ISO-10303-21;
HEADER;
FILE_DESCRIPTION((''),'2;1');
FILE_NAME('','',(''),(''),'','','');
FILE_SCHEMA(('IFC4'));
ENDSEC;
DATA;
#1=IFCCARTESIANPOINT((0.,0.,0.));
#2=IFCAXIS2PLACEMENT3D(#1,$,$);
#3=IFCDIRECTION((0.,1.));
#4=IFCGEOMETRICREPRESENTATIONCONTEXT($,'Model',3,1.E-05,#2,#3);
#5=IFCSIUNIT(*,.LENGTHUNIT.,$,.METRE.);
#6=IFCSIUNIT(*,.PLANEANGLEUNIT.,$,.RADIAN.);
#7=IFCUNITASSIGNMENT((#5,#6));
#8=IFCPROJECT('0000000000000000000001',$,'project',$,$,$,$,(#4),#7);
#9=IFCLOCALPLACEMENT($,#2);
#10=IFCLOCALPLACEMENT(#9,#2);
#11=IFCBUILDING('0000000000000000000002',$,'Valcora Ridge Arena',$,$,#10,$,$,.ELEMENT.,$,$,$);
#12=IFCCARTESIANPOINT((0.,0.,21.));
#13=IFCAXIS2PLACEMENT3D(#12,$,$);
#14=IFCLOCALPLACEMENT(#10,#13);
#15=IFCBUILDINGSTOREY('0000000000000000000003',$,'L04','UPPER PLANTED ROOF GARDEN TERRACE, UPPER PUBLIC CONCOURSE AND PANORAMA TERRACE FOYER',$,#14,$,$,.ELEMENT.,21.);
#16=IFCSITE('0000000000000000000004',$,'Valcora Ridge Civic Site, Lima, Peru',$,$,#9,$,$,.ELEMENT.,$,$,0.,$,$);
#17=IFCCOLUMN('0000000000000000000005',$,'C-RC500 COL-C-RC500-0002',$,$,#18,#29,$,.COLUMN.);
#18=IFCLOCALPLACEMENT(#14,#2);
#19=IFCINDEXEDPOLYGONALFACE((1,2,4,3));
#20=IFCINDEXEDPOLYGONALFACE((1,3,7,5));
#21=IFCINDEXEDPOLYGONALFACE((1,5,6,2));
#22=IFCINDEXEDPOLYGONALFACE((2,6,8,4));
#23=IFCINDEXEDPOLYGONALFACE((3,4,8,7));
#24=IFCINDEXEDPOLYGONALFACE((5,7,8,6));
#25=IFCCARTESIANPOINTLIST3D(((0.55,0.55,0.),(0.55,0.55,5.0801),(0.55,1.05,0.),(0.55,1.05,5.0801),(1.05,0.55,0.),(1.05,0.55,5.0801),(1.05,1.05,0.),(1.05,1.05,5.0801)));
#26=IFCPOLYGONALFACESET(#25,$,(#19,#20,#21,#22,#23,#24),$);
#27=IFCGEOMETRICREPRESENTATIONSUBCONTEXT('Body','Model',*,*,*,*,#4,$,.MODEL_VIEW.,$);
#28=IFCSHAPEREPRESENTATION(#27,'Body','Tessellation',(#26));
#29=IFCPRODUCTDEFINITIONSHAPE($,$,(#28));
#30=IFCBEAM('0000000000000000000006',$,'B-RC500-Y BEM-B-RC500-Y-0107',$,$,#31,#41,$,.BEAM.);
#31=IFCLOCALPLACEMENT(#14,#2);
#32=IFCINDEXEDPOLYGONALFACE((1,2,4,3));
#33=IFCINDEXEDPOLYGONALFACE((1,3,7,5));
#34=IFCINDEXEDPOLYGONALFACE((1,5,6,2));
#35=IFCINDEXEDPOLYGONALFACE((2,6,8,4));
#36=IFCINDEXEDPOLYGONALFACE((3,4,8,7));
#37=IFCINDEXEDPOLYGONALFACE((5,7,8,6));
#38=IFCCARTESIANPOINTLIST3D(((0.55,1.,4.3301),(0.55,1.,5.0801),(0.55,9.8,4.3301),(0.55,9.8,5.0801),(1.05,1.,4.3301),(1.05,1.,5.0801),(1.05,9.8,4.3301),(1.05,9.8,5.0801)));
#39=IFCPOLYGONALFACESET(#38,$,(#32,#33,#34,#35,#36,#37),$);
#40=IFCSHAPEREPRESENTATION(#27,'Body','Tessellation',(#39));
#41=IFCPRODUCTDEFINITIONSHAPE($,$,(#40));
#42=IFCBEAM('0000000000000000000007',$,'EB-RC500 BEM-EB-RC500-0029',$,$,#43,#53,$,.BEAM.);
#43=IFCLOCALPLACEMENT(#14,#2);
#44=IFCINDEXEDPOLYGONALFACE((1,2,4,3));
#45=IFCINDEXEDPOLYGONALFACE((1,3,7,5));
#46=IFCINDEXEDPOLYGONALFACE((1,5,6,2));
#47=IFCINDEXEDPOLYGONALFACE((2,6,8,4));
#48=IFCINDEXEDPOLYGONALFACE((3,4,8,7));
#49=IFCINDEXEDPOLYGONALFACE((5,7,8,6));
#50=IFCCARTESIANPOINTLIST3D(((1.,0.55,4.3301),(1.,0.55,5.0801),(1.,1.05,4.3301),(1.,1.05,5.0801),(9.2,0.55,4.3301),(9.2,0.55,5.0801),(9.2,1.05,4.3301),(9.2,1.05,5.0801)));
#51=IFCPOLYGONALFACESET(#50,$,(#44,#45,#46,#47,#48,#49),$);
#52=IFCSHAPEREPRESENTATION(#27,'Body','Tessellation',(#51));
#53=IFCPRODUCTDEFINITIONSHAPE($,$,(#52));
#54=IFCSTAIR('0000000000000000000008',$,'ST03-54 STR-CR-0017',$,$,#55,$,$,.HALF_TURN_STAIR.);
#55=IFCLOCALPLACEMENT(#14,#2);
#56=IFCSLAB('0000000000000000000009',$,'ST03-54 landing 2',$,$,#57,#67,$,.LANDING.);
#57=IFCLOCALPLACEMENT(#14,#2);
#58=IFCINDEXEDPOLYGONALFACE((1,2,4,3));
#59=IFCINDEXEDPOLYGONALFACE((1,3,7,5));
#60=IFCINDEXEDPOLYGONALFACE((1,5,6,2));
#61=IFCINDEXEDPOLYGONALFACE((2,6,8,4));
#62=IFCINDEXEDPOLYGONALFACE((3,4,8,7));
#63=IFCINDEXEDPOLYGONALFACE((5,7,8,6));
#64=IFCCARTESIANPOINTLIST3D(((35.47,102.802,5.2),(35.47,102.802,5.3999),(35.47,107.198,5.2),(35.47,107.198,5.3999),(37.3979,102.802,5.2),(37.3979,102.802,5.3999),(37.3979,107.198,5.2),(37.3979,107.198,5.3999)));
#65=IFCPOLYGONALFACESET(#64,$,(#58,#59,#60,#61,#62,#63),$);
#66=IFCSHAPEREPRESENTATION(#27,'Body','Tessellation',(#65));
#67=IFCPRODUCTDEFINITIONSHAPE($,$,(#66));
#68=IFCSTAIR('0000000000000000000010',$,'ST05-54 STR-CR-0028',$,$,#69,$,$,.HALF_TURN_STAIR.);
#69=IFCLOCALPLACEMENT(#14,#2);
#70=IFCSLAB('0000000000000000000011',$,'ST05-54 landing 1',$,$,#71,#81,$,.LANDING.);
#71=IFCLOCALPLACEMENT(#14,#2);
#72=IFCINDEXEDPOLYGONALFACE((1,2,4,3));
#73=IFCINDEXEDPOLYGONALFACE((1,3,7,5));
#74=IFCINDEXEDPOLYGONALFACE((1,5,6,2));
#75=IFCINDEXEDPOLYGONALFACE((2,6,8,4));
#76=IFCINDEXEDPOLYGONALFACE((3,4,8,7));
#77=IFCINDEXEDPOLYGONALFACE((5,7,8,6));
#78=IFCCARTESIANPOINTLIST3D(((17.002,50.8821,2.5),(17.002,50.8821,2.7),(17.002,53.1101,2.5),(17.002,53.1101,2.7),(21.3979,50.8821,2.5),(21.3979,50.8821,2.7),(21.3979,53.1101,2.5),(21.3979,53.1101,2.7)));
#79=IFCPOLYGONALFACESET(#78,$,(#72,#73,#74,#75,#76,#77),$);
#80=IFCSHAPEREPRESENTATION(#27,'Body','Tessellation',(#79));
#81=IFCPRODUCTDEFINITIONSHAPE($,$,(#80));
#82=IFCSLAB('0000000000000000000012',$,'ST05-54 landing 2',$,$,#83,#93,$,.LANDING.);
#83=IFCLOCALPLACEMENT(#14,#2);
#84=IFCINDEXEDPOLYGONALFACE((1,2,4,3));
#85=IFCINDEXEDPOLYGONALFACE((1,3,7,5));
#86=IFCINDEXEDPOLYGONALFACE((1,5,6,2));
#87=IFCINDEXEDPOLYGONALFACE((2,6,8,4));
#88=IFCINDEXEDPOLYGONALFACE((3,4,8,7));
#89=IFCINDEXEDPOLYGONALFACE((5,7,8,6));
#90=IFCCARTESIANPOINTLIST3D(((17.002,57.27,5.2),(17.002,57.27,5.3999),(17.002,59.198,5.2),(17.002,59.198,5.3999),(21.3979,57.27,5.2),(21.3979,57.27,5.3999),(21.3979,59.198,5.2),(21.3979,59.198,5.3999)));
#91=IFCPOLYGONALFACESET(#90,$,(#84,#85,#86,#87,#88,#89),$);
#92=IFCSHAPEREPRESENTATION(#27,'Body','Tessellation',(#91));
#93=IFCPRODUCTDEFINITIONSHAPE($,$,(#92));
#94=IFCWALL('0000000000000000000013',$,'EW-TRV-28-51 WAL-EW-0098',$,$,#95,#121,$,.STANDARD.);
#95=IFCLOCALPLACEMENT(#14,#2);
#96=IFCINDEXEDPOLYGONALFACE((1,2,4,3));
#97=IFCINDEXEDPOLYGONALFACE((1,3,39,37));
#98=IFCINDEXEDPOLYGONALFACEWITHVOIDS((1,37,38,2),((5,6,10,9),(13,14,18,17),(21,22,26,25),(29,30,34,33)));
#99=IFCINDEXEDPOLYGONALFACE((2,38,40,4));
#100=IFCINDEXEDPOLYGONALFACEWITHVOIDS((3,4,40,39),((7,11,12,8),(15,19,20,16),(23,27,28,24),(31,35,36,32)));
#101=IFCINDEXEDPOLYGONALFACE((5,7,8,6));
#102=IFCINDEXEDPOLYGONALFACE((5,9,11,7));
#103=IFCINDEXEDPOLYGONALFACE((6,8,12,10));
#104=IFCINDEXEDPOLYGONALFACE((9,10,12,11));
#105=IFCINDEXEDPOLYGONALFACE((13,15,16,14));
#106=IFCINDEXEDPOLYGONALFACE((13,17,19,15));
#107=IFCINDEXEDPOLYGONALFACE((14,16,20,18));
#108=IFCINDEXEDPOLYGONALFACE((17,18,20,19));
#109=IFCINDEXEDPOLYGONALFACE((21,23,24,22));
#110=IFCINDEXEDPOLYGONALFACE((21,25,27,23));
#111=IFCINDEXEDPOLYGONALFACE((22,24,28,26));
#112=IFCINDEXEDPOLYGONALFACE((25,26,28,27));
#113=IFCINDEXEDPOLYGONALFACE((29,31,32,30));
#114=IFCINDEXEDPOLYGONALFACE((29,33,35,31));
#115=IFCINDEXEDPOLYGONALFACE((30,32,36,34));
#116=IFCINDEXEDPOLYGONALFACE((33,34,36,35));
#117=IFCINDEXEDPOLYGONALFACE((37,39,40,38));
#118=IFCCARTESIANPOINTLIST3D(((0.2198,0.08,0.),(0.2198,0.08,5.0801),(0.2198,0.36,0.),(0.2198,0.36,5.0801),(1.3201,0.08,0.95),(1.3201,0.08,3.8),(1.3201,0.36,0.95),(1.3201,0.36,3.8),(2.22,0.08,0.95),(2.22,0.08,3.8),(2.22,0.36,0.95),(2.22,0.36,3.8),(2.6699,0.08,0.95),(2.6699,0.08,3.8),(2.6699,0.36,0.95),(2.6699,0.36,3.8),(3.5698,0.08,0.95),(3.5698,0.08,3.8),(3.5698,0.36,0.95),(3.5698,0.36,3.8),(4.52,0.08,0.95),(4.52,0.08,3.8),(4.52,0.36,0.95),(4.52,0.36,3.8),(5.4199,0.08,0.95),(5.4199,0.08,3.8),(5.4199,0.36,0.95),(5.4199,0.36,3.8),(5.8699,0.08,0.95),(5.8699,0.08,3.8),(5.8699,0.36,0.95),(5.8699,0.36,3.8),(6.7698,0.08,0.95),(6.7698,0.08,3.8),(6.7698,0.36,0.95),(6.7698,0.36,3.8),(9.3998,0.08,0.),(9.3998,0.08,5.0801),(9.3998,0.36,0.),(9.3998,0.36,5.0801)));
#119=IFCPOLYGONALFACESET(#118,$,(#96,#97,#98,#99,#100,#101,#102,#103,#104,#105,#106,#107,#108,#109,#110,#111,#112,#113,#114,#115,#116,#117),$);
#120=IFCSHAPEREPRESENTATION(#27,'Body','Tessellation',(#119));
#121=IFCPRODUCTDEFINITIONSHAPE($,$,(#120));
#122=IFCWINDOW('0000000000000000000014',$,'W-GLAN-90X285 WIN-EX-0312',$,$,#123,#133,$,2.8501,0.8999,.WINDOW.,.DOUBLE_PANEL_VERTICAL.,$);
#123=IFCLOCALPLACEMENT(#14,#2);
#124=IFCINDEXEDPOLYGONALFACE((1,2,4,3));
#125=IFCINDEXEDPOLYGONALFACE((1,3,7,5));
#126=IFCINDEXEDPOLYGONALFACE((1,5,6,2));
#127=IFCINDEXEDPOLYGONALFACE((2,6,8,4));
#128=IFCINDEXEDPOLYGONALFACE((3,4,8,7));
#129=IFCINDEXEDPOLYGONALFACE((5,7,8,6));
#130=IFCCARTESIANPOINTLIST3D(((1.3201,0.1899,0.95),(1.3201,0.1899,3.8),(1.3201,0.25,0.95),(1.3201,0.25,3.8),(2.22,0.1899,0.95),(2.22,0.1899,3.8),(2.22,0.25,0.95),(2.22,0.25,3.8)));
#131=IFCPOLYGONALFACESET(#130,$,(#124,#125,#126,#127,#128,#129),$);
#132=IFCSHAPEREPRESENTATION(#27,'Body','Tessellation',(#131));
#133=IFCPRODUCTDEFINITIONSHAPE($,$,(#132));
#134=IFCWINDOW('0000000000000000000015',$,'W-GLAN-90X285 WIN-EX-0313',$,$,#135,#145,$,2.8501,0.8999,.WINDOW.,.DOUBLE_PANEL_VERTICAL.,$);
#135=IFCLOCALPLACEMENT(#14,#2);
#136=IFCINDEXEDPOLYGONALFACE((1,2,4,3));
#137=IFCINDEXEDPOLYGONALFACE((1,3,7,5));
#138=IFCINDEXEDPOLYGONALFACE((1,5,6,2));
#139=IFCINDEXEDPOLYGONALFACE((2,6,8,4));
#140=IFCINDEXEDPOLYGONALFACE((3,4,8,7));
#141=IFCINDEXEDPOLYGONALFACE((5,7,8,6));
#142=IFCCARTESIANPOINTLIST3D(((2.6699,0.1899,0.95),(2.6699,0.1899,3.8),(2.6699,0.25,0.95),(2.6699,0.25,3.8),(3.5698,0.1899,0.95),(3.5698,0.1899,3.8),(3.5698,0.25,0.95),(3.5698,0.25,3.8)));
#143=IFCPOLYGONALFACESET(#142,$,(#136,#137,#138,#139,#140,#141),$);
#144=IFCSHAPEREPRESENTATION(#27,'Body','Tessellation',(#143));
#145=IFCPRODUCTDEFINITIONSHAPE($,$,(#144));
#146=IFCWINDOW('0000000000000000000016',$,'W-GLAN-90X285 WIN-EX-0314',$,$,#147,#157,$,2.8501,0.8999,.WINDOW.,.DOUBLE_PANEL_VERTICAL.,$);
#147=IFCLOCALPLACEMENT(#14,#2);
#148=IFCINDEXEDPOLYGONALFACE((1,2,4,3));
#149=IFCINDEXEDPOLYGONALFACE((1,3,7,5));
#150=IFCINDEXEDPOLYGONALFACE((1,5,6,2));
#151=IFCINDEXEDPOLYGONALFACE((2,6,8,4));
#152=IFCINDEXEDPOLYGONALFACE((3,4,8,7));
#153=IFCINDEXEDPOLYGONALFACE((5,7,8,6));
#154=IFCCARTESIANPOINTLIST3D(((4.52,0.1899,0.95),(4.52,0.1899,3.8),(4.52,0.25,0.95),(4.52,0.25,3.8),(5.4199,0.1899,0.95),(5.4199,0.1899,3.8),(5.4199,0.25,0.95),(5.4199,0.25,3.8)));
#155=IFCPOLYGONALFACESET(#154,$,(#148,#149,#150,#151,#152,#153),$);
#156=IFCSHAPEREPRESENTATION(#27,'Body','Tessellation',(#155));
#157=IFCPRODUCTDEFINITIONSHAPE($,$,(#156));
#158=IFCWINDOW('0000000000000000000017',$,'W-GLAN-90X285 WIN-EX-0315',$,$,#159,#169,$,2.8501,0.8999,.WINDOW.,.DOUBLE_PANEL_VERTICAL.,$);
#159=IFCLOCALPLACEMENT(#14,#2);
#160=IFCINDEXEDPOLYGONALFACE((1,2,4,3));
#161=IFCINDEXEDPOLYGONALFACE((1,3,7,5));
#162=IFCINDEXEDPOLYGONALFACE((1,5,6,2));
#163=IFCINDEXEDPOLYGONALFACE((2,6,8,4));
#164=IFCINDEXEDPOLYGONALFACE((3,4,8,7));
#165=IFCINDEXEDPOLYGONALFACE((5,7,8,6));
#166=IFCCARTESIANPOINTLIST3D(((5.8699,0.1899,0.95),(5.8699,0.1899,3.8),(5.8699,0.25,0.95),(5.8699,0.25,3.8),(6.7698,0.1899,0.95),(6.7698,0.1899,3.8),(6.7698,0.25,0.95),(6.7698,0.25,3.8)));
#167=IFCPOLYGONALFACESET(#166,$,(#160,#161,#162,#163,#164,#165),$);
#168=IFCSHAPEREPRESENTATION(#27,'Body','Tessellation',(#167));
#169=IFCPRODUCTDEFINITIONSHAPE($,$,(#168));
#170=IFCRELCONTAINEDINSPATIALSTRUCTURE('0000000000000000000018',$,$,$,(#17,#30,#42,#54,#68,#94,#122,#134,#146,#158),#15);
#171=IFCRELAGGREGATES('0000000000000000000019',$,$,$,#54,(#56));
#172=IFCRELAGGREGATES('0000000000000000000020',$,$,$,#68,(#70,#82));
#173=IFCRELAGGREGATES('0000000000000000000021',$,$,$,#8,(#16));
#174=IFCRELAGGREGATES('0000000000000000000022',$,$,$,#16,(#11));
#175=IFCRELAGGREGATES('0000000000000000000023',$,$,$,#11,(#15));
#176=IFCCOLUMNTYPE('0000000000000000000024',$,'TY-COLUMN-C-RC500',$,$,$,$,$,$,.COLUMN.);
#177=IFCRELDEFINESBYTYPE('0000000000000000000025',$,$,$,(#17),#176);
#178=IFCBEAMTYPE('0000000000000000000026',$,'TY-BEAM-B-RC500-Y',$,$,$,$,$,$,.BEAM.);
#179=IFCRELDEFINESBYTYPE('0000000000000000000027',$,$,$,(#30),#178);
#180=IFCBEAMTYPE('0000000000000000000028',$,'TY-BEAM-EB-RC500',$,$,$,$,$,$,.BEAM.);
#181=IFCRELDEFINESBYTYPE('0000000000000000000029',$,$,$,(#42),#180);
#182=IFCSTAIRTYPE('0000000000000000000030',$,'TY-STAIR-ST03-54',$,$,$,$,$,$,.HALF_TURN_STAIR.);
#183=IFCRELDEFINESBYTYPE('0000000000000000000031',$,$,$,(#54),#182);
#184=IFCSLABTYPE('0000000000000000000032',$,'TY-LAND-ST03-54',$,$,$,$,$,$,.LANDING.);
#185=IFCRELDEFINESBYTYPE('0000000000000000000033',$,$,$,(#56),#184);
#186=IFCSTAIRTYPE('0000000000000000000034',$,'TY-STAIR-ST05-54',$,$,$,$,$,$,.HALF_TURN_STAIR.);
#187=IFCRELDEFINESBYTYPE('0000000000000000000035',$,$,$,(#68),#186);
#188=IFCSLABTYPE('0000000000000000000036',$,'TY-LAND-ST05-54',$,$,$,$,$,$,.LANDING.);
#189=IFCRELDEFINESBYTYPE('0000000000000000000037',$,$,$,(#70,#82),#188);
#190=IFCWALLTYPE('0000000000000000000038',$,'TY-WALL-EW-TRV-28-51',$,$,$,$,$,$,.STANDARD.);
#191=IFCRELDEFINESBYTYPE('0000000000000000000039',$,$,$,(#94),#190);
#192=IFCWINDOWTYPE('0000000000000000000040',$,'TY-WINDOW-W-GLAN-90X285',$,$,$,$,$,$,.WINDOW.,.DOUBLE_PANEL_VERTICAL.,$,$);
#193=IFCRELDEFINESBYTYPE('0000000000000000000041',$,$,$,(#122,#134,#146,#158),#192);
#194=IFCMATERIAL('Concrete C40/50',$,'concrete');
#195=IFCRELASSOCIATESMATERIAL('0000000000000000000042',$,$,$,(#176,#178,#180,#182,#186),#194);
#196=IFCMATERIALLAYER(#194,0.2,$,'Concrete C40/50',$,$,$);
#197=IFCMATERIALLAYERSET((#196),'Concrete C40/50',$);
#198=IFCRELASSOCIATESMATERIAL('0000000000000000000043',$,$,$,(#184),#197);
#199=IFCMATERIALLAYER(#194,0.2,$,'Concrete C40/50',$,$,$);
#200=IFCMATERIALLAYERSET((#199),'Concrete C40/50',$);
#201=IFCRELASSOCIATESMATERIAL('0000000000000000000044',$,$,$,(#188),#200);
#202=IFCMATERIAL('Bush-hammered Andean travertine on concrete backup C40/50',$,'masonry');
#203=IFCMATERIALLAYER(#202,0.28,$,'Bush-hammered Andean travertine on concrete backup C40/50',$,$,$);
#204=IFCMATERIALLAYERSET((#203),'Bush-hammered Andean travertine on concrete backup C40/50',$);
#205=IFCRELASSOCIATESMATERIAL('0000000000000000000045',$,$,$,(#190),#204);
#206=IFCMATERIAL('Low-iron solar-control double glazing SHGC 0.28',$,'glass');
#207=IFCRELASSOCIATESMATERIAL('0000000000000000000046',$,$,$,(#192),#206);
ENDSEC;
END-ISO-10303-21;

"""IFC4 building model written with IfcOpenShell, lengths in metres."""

from ifc_helpers import new_model, si_unit, direction, frame, frame_2d, origin, origin_2d, place, context, subcontext, project, spatial, polyline, rectangle, outline, extrude, material, layer, layer_set, material_profile, profile_set, type_object, element, fill, aggregate, save


model = new_model("IFC4")

# Units and contexts
model_context = context("Model", 3, precision=1e-05, world=origin(), true_north=direction((0.0, 1.0)))
body_context = subcontext(model_context, "Body", "Model", "MODEL_VIEW")
ifc_project = project(units=[si_unit("LENGTHUNIT", "METRE"), si_unit("PLANEANGLEUNIT", "RADIAN")], contexts=[model_context])

# Site, building, storey
site_placement = place(None, origin())
site = spatial("IfcSite", under=ifc_project, at=site_placement, Name="Valcora Ridge Civic Site, Lima, Peru", CompositionType="ELEMENT", RefElevation=0.0)
building_placement = place(site_placement, origin())
building = spatial("IfcBuilding", under=site, at=building_placement, Name="Valcora Ridge Arena", CompositionType="ELEMENT")
storey_placement = place(building_placement, frame((0.0, 0.0, 21.0)))
storey = spatial("IfcBuildingStorey", under=building, at=storey_placement, Name="L04", Description="UPPER PLANTED ROOF GARDEN TERRACE, UPPER PUBLIC CONCOURSE AND PANORAMA TERRACE FOYER", CompositionType="ELEMENT", Elevation=21.0)

# Column
ifc_material_1 = material(Name="Concrete C40/50", Category="concrete")
ifc_material_profile_1 = material_profile(ifc_material_1, rectangle(XDim=0.5, YDim=0.5, at=origin_2d()), Name="RC 500x500")
ifc_profile_set_1 = profile_set([ifc_material_profile_1], Name="Concrete C40/50")
column_type = type_object("IfcColumnType", Name="TY-COLUMN-C-RC500", PredefinedType="COLUMN", material=ifc_profile_set_1)
column_placement = place(storey_placement, frame((0.8, 0.8, 0.0), z_axis=(0.0, 0.0, 1.0), x_axis=(1.0, 0.0, 0.0)))
element("IfcColumn", 1, at=column_placement, inside=storey, type_object=column_type, Name="C-RC500 COL-C-RC500-0002", PredefinedType="COLUMN", context=body_context, shape_type="SweptSolid", body=[
    extrude(rectangle(XDim=0.5, YDim=0.5, at=origin_2d()), origin(), (0.0, 0.0, 1.0), 5.0801),
])

# Beams
ifc_material_profile_2 = material_profile(ifc_material_1, rectangle(XDim=0.5, YDim=0.75, at=origin_2d()), Name="RC 500x750")
ifc_profile_set_2 = profile_set([ifc_material_profile_2], Name="Concrete C40/50")
beam_type_1 = type_object("IfcBeamType", Name="TY-BEAM-B-RC500-Y", PredefinedType="BEAM", material=ifc_profile_set_2)
beam_1_placement = place(storey_placement, frame((0.8, 1.0, 4.7051), z_axis=(0.0, 1.0, 0.0), x_axis=(-1.0, 0.0, 0.0)))
element("IfcBeam", 2, at=beam_1_placement, inside=storey, type_object=beam_type_1, Name="B-RC500-Y BEM-B-RC500-Y-0107", PredefinedType="BEAM", context=body_context, shape_type="SweptSolid", body=[
    extrude(rectangle(XDim=0.5, YDim=0.75, at=origin_2d()), origin(), (0.0, 0.0, 1.0), 8.8),
])
ifc_material_profile_3 = material_profile(ifc_material_1, rectangle(XDim=0.5, YDim=0.75, at=origin_2d()), Name="RC 500x750")
ifc_profile_set_3 = profile_set([ifc_material_profile_3], Name="Concrete C40/50")
beam_type_2 = type_object("IfcBeamType", Name="TY-BEAM-EB-RC500", PredefinedType="BEAM", material=ifc_profile_set_3)
beam_2_placement = place(storey_placement, frame((1.0, 0.8, 4.7051), z_axis=(1.0, 0.0, 0.0), x_axis=(0.0, 1.0, 0.0)))
element("IfcBeam", 3, at=beam_2_placement, inside=storey, type_object=beam_type_2, Name="EB-RC500 BEM-EB-RC500-0029", PredefinedType="BEAM", context=body_context, shape_type="SweptSolid", body=[
    extrude(rectangle(XDim=0.5, YDim=0.75, at=origin_2d()), origin(), (0.0, 0.0, 1.0), 8.2),
])

# Stair, slab
stair_type_1 = type_object("IfcStairType", Name="TY-STAIR-ST03-54", PredefinedType="HALF_TURN_STAIR", material=ifc_material_1)
stair_1_placement = place(storey_placement, origin())
stair_1 = element("IfcStair", 4, at=stair_1_placement, inside=storey, type_object=stair_type_1, Name="ST03-54 STR-CR-0017", PredefinedType="HALF_TURN_STAIR")
ifc_layer_1 = layer(ifc_material_1, 0.2, Name="Concrete C40/50")
ifc_layer_set_1 = layer_set([ifc_layer_1], Name="Concrete C40/50")
slab_type_1 = type_object("IfcSlabType", Name="TY-LAND-ST03-54", PredefinedType="LANDING", material=ifc_layer_set_1)
slab_1_placement = place(storey_placement, frame((0.0, 0.0, 5.2)))
slab_1 = element("IfcSlab", 5, at=slab_1_placement, type_object=slab_type_1, Name="ST03-54 landing 2", PredefinedType="LANDING", context=body_context, shape_type="SweptSolid", body=[
    extrude(outline(polyline([(35.47, 102.802), (37.3979, 102.802), (37.3979, 107.198), (35.47, 107.198), (35.47, 102.802)])), origin(), (0.0, 0.0, 1.0), 0.2),
])
aggregate(stair_1, [slab_1])

# Stair, slabs
stair_type_2 = type_object("IfcStairType", Name="TY-STAIR-ST05-54", PredefinedType="HALF_TURN_STAIR", material=ifc_material_1)
stair_2_placement = place(storey_placement, origin())
stair_2 = element("IfcStair", 6, at=stair_2_placement, inside=storey, type_object=stair_type_2, Name="ST05-54 STR-CR-0028", PredefinedType="HALF_TURN_STAIR")
ifc_layer_2 = layer(ifc_material_1, 0.2, Name="Concrete C40/50")
ifc_layer_set_2 = layer_set([ifc_layer_2], Name="Concrete C40/50")
slab_type_2 = type_object("IfcSlabType", Name="TY-LAND-ST05-54", PredefinedType="LANDING", material=ifc_layer_set_2)
slab_2_placement = place(storey_placement, frame((0.0, 0.0, 2.5)))
slab_2 = element("IfcSlab", 7, at=slab_2_placement, type_object=slab_type_2, Name="ST05-54 landing 1", PredefinedType="LANDING", context=body_context, shape_type="SweptSolid", body=[
    extrude(outline(polyline([(17.002, 50.8821), (21.3979, 50.8821), (21.3979, 53.1101), (17.002, 53.1101), (17.002, 50.8821)])), origin(), (0.0, 0.0, 1.0), 0.2),
])
slab_3_placement = place(storey_placement, frame((0.0, 0.0, 5.2)))
slab_3 = element("IfcSlab", 8, at=slab_3_placement, type_object=slab_type_2, Name="ST05-54 landing 2", PredefinedType="LANDING", context=body_context, shape_type="SweptSolid", body=[
    extrude(outline(polyline([(17.002, 57.27), (21.3979, 57.27), (21.3979, 59.198), (17.002, 59.198), (17.002, 57.27)])), origin(), (0.0, 0.0, 1.0), 0.2),
])
aggregate(stair_2, [slab_2, slab_3])

# Wall, openings, windows
ifc_material_2 = material(Name="Bush-hammered Andean travertine on concrete backup C40/50", Category="masonry")
ifc_layer_3 = layer(ifc_material_2, 0.28, Name="Bush-hammered Andean travertine on concrete backup C40/50")
ifc_layer_set_3 = layer_set([ifc_layer_3], Name="Bush-hammered Andean travertine on concrete backup C40/50")
wall_type = type_object("IfcWallType", Name="TY-WALL-EW-TRV-28-51", PredefinedType="STANDARD", material=ifc_layer_set_3)
wall_1_placement = place(storey_placement, frame((0.22, 0.22, 0.0), z_axis=(0.0, 0.0, 1.0), x_axis=(1.0, 0.0, 0.0)))
wall_1 = element("IfcWall", 9, at=wall_1_placement, inside=storey, type_object=wall_type, Name="EW-TRV-28-51 WAL-EW-0098", PredefinedType="STANDARD", context=body_context, shape_type="SweptSolid", body=[
    extrude(rectangle(XDim=9.1799, YDim=0.28, at=frame_2d((4.5898, 0.0))), origin(), (0.0, 0.0, 1.0), 5.0801),
])
opening_1_placement = place(wall_1_placement, frame((1.1001, 0.0, 0.95)))
opening_1 = element("IfcOpeningElement", 10, at=opening_1_placement, cuts=wall_1, PredefinedType="OPENING", context=body_context, shape_type="SweptSolid", body=[
    extrude(rectangle(XDim=0.8999, YDim=2.8501, at=frame_2d((0.45, 1.425))), frame((0.0, 0.1499, 0.0), z_axis=(0.0, -1.0, 0.0), x_axis=(1.0, 0.0, 0.0)), (0.0, 0.0, 1.0), 0.3),
])
opening_2_placement = place(wall_1_placement, frame((2.45, 0.0, 0.95)))
opening_2 = element("IfcOpeningElement", 11, at=opening_2_placement, cuts=wall_1, PredefinedType="OPENING", context=body_context, shape_type="SweptSolid", body=[
    extrude(rectangle(XDim=0.8999, YDim=2.8501, at=frame_2d((0.45, 1.425))), frame((0.0, 0.1499, 0.0), z_axis=(0.0, -1.0, 0.0), x_axis=(1.0, 0.0, 0.0)), (0.0, 0.0, 1.0), 0.3),
])
opening_3_placement = place(wall_1_placement, frame((4.3, 0.0, 0.95)))
opening_3 = element("IfcOpeningElement", 12, at=opening_3_placement, cuts=wall_1, PredefinedType="OPENING", context=body_context, shape_type="SweptSolid", body=[
    extrude(rectangle(XDim=0.8999, YDim=2.8501, at=frame_2d((0.45, 1.425))), frame((0.0, 0.1499, 0.0), z_axis=(0.0, -1.0, 0.0), x_axis=(1.0, 0.0, 0.0)), (0.0, 0.0, 1.0), 0.3),
])
opening_4_placement = place(wall_1_placement, frame((5.6499, 0.0, 0.95)))
opening_4 = element("IfcOpeningElement", 13, at=opening_4_placement, cuts=wall_1, PredefinedType="OPENING", context=body_context, shape_type="SweptSolid", body=[
    extrude(rectangle(XDim=0.8999, YDim=2.8501, at=frame_2d((0.45, 1.425))), frame((0.0, 0.1499, 0.0), z_axis=(0.0, -1.0, 0.0), x_axis=(1.0, 0.0, 0.0)), (0.0, 0.0, 1.0), 0.3),
])
ifc_material_3 = material(Name="Low-iron solar-control double glazing SHGC 0.28", Category="glass")
window_type = type_object("IfcWindowType", Name="TY-WINDOW-W-GLAN-90X285", PartitioningType="DOUBLE_PANEL_VERTICAL", PredefinedType="WINDOW", material=ifc_material_3)
window_1_placement = place(opening_1_placement, origin())
window_1 = element("IfcWindow", 14, at=window_1_placement, inside=storey, type_object=window_type, Name="W-GLAN-90X285 WIN-EX-0312", OverallHeight=2.8501, OverallWidth=0.8999, PartitioningType="DOUBLE_PANEL_VERTICAL", PredefinedType="WINDOW", context=body_context, shape_type="SweptSolid", body=[
    extrude(rectangle(XDim=0.8999, YDim=2.8501, at=frame_2d((0.45, 1.425))), frame((0.0, 0.03, 0.0), z_axis=(0.0, -1.0, 0.0), x_axis=(1.0, 0.0, 0.0)), (0.0, 0.0, 1.0), 0.0601),
])
fill(opening_1, window_1)
window_2_placement = place(opening_2_placement, origin())
window_2 = element("IfcWindow", 15, at=window_2_placement, inside=storey, type_object=window_type, Name="W-GLAN-90X285 WIN-EX-0313", OverallHeight=2.8501, OverallWidth=0.8999, PartitioningType="DOUBLE_PANEL_VERTICAL", PredefinedType="WINDOW", context=body_context, shape_type="SweptSolid", body=[
    extrude(rectangle(XDim=0.8999, YDim=2.8501, at=frame_2d((0.45, 1.425))), frame((0.0, 0.03, 0.0), z_axis=(0.0, -1.0, 0.0), x_axis=(1.0, 0.0, 0.0)), (0.0, 0.0, 1.0), 0.0601),
])
fill(opening_2, window_2)
window_3_placement = place(opening_3_placement, origin())
window_3 = element("IfcWindow", 16, at=window_3_placement, inside=storey, type_object=window_type, Name="W-GLAN-90X285 WIN-EX-0314", OverallHeight=2.8501, OverallWidth=0.8999, PartitioningType="DOUBLE_PANEL_VERTICAL", PredefinedType="WINDOW", context=body_context, shape_type="SweptSolid", body=[
    extrude(rectangle(XDim=0.8999, YDim=2.8501, at=frame_2d((0.45, 1.425))), frame((0.0, 0.03, 0.0), z_axis=(0.0, -1.0, 0.0), x_axis=(1.0, 0.0, 0.0)), (0.0, 0.0, 1.0), 0.0601),
])
fill(opening_3, window_3)
window_4_placement = place(opening_4_placement, origin())
window_4 = element("IfcWindow", 17, at=window_4_placement, inside=storey, type_object=window_type, Name="W-GLAN-90X285 WIN-EX-0315", OverallHeight=2.8501, OverallWidth=0.8999, PartitioningType="DOUBLE_PANEL_VERTICAL", PredefinedType="WINDOW", context=body_context, shape_type="SweptSolid", body=[
    extrude(rectangle(XDim=0.8999, YDim=2.8501, at=frame_2d((0.45, 1.425))), frame((0.0, 0.03, 0.0), z_axis=(0.0, -1.0, 0.0), x_axis=(1.0, 0.0, 0.0)), (0.0, 0.0, 1.0), 0.0601),
])
fill(opening_4, window_4)

save(model, "model.ifc")
